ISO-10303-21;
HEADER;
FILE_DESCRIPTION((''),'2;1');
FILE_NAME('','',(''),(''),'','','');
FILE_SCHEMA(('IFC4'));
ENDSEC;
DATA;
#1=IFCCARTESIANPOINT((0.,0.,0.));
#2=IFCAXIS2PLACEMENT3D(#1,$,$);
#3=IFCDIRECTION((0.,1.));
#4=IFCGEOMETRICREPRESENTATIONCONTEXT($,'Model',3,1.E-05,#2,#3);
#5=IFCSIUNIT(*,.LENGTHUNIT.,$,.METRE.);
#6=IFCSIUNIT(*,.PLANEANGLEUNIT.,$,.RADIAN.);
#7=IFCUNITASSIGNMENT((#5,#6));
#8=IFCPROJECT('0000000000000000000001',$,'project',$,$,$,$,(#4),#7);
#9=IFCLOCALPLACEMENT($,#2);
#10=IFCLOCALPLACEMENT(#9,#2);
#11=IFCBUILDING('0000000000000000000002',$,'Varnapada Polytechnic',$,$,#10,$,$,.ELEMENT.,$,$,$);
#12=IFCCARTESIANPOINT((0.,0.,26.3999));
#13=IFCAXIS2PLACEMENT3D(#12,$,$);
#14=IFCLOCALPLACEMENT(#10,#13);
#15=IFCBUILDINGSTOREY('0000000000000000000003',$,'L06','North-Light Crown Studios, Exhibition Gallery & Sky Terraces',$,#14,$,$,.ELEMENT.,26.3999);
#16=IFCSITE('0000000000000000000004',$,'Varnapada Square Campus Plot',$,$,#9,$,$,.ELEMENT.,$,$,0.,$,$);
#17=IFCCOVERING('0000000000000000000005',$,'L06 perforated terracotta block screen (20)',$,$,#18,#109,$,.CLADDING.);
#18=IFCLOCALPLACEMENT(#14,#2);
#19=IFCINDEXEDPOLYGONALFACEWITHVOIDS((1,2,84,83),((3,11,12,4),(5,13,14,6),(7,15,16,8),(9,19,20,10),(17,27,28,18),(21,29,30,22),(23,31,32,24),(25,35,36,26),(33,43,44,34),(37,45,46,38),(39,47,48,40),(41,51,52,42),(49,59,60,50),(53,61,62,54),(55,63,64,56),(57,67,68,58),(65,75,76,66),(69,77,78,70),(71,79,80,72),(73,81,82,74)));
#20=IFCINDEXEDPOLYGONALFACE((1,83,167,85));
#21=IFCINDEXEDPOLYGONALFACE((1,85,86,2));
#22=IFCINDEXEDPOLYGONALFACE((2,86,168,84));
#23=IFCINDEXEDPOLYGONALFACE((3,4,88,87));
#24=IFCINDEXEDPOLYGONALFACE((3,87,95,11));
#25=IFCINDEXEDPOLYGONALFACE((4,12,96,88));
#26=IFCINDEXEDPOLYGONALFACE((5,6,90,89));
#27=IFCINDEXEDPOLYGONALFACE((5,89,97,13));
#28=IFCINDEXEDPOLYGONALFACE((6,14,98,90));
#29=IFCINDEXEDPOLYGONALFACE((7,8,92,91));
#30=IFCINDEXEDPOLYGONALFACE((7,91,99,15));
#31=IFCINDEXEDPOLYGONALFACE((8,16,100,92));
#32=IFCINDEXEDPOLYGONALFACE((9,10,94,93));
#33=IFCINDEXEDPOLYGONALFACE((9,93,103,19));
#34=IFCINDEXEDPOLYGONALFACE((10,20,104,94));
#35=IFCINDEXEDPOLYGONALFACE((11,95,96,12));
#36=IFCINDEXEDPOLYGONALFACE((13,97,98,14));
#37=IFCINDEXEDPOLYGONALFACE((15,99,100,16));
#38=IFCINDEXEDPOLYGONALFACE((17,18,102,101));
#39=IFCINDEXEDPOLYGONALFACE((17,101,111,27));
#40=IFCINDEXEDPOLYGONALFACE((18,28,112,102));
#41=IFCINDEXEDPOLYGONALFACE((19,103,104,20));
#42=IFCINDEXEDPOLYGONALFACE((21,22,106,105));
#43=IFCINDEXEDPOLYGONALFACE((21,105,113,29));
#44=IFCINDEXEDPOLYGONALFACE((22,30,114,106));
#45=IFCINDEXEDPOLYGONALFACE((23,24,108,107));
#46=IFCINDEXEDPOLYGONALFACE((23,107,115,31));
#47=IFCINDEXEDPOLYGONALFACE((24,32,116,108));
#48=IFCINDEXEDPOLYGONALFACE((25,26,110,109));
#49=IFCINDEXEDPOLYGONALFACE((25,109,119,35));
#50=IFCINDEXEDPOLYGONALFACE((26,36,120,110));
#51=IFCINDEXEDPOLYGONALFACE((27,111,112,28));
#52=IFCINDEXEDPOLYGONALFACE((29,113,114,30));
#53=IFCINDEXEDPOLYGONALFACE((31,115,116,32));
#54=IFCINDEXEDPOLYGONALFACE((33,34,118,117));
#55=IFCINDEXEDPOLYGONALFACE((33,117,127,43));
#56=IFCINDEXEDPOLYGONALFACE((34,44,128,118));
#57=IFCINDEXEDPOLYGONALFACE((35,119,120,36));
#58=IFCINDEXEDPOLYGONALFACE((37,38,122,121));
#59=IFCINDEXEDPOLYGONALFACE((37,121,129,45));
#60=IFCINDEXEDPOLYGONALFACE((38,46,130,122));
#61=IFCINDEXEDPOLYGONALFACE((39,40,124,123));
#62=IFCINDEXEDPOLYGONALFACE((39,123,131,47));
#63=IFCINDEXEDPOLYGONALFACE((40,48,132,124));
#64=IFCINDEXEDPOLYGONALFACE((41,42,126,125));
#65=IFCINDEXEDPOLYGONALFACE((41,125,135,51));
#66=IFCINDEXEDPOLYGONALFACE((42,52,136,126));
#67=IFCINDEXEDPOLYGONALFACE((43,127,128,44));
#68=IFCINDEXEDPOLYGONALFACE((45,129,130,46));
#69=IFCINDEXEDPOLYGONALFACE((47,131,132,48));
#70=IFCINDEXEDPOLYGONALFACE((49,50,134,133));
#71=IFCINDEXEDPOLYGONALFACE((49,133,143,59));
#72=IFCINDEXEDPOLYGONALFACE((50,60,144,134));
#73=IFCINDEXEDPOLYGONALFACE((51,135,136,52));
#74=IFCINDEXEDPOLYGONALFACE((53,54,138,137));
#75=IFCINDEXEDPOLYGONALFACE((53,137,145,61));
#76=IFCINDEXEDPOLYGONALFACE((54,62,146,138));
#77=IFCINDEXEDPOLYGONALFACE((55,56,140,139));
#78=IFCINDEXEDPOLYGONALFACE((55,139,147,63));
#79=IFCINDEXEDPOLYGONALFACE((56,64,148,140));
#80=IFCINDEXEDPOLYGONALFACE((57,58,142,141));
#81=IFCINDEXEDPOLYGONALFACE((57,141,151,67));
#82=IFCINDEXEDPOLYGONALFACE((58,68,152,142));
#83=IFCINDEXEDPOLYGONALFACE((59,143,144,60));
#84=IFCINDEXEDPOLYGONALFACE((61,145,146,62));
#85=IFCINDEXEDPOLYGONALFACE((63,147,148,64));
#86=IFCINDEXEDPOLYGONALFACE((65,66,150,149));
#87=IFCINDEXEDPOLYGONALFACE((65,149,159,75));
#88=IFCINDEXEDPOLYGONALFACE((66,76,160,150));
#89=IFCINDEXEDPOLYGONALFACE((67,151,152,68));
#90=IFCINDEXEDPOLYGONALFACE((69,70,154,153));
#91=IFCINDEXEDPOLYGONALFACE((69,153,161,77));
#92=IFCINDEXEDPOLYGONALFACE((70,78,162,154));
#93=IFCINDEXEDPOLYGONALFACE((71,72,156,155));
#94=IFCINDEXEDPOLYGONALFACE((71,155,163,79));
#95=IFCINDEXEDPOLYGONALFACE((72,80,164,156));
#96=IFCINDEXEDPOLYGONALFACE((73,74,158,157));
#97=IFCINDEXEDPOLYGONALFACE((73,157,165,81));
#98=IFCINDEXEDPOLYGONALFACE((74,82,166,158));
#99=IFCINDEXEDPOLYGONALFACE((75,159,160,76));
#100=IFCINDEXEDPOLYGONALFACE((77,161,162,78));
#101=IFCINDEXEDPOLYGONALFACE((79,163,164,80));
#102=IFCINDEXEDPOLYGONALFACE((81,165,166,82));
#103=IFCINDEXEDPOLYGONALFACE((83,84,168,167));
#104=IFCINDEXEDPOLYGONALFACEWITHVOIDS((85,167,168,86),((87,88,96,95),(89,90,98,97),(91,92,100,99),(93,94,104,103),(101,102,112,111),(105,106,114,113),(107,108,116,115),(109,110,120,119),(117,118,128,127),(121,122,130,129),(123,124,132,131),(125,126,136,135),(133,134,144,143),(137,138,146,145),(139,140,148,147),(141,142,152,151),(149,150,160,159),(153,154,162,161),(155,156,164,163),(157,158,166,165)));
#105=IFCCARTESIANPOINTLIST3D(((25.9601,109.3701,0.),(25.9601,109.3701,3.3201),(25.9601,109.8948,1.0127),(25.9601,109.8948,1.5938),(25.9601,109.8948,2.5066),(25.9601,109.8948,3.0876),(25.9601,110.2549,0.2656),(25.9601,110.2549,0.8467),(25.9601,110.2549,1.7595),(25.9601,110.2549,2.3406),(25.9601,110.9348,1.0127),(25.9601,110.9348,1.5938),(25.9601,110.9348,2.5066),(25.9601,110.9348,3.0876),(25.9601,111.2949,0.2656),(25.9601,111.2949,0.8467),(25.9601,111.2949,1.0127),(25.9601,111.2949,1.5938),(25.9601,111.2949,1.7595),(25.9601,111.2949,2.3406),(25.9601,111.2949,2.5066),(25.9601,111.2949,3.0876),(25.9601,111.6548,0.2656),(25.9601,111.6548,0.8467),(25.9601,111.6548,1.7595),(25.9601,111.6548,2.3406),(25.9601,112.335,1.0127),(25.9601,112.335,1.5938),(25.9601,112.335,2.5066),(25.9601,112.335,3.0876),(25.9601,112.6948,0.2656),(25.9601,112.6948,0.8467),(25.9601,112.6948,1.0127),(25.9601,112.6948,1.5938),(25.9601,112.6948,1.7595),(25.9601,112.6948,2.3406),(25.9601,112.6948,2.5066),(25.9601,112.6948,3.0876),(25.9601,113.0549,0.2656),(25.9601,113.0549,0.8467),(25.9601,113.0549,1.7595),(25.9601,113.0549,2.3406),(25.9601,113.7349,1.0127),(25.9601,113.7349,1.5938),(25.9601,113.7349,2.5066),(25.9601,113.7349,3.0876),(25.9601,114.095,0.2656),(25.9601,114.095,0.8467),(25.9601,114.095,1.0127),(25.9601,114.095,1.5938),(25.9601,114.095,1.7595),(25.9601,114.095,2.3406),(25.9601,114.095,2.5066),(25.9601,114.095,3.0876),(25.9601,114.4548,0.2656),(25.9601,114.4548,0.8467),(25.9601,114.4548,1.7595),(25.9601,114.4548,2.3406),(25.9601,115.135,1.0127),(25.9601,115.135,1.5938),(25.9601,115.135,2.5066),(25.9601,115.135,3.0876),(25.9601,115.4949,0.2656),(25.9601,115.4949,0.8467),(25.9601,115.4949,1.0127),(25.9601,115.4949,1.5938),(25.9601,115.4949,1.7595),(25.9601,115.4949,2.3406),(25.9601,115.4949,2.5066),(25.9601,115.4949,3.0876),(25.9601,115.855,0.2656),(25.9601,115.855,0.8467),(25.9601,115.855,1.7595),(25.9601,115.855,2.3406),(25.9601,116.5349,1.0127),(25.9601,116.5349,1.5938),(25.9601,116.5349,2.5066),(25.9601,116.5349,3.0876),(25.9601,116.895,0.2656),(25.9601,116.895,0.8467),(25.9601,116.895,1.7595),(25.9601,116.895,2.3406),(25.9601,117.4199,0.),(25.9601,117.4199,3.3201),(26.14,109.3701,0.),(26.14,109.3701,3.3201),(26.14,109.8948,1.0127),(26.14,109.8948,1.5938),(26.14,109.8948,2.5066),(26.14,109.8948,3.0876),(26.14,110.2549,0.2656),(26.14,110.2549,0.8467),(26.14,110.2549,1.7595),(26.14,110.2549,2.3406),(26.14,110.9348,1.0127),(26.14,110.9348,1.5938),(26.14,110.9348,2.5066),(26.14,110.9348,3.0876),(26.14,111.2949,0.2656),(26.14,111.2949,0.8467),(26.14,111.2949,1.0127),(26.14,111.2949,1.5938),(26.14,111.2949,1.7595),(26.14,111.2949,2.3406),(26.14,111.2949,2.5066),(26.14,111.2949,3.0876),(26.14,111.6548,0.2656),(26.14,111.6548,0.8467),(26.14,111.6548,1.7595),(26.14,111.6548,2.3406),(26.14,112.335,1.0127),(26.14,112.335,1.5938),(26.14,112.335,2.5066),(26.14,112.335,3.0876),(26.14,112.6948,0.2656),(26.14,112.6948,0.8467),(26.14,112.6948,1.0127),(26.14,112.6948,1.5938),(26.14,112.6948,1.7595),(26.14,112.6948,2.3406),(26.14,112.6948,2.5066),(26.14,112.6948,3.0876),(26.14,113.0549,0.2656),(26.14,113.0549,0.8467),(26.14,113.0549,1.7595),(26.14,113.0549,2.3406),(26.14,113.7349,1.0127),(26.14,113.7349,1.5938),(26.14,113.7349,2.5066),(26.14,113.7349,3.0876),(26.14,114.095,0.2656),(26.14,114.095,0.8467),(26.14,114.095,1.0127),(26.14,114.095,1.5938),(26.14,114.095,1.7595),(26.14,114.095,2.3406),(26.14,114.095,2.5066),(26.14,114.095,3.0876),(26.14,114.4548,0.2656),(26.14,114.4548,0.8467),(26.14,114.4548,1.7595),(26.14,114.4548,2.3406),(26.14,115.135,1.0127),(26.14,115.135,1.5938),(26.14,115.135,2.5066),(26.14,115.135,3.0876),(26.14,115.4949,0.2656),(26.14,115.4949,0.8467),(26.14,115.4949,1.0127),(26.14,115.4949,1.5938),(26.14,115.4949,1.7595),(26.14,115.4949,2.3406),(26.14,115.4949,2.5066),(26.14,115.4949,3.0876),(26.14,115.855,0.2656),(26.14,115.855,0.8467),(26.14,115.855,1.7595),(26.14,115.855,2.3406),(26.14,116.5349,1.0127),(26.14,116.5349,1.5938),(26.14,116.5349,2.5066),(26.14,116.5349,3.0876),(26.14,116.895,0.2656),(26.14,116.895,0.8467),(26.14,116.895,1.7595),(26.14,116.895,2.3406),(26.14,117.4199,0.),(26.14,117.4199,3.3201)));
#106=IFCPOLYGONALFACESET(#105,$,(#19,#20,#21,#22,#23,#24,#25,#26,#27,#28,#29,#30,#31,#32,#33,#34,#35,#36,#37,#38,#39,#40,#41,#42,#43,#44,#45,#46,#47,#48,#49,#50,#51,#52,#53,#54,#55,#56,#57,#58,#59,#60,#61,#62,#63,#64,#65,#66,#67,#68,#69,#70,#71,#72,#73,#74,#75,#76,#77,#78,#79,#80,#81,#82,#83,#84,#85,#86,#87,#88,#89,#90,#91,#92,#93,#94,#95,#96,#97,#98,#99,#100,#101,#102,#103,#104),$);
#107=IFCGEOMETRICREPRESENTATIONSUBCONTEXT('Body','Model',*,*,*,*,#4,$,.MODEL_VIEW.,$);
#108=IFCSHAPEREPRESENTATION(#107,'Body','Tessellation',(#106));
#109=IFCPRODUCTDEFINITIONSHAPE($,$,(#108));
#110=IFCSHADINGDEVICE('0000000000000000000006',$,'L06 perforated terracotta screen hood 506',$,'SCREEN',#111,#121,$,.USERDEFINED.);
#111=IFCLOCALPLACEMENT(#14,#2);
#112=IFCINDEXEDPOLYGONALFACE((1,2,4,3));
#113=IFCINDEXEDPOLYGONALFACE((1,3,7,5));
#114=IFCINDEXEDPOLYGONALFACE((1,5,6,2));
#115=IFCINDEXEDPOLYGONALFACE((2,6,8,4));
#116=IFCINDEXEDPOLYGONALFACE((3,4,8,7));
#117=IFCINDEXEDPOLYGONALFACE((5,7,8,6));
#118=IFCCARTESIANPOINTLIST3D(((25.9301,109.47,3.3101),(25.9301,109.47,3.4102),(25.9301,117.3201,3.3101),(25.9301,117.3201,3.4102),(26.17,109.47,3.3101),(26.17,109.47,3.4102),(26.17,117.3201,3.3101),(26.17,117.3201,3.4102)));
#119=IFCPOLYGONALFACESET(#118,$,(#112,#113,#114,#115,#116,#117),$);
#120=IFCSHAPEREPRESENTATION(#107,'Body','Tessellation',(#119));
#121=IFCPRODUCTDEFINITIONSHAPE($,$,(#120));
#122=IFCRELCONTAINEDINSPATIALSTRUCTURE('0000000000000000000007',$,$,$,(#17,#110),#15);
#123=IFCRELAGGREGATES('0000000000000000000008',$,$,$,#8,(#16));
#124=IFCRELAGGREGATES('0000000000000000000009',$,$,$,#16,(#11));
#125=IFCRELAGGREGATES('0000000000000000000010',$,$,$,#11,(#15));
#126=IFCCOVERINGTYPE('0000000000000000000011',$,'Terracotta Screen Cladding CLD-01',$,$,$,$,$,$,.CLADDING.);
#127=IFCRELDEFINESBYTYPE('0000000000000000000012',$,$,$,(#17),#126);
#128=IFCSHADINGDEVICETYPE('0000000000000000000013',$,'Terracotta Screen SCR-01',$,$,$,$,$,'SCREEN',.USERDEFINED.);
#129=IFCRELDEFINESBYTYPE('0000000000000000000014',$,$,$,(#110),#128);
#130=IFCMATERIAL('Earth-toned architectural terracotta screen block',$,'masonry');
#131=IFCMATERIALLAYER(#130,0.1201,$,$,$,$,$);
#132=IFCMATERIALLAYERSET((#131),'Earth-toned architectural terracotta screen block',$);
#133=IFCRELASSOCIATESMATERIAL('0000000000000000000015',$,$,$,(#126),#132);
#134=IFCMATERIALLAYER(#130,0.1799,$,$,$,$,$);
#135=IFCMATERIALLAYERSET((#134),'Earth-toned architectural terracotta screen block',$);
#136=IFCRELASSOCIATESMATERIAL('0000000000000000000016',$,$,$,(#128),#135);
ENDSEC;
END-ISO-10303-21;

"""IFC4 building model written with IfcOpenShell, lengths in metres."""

from ifc_helpers import new_model, si_unit, direction, frame, frame_2d, origin, origin_2d, place, context, subcontext, project, spatial, rectangle, extrude, material, layer, layer_set, type_object, element, save


model = new_model("IFC4")

# Units and contexts
model_context = context("Model", 3, precision=1e-05, world=origin(), true_north=direction((0.0, 1.0)))
body_context = subcontext(model_context, "Body", "Model", "MODEL_VIEW")
ifc_project = project(units=[si_unit("LENGTHUNIT", "METRE"), si_unit("PLANEANGLEUNIT", "RADIAN")], contexts=[model_context])

# Site, building, storey
site_placement = place(None, origin())
site = spatial("IfcSite", under=ifc_project, at=site_placement, Name="Varnapada Square Campus Plot", CompositionType="ELEMENT", RefElevation=0.0)
building_placement = place(site_placement, origin())
building = spatial("IfcBuilding", under=site, at=building_placement, Name="Varnapada Polytechnic", CompositionType="ELEMENT")
storey_placement = place(building_placement, frame((0.0, 0.0, 26.3999)))
storey = spatial("IfcBuildingStorey", under=building, at=storey_placement, Name="L06", Description="North-Light Crown Studios, Exhibition Gallery & Sky Terraces", CompositionType="ELEMENT", Elevation=26.3999)

# Covering, openings
ifc_material_1 = material(Name="Earth-toned architectural terracotta screen block", Category="masonry")
ifc_layer_1 = layer(ifc_material_1, 0.1201)
ifc_layer_set_1 = layer_set([ifc_layer_1], Name="Earth-toned architectural terracotta screen block")
covering_type_1 = type_object("IfcCoveringType", Name="Terracotta Screen Cladding CLD-01", PredefinedType="CLADDING", material=ifc_layer_set_1)
covering_1_placement = place(storey_placement, frame((26.05, 117.4199, 0.0), z_axis=(0.0, 0.0, 1.0), x_axis=(0.0, -1.0, 0.0)))
covering_1 = element("IfcCovering", 1, at=covering_1_placement, inside=storey, type_object=covering_type_1, Name="L06 perforated terracotta block screen (20)", PredefinedType="CLADDING", context=body_context, shape_type="SweptSolid", body=[
    extrude(rectangle(XDim=8.0498, YDim=0.1799, at=frame_2d((4.0249, 0.0))), origin(), (0.0, 0.0, 1.0), 3.3201),
])
opening_1_placement = place(covering_1_placement, frame((0.5249, 0.0, 0.2656)))
element("IfcOpeningElement", 2, at=opening_1_placement, cuts=covering_1, PredefinedType="OPENING", context=body_context, shape_type="SweptSolid", body=[
    extrude(rectangle(XDim=1.04, YDim=0.5811, at=frame_2d((0.52, 0.2905))), frame((0.0, 0.0999, 0.0), z_axis=(0.0, -1.0, 0.0), x_axis=(1.0, 0.0, 0.0)), (0.0, 0.0, 1.0), 0.2),
])
opening_2_placement = place(covering_1_placement, frame((1.925, 0.0, 0.2656)))
element("IfcOpeningElement", 3, at=opening_2_placement, cuts=covering_1, PredefinedType="OPENING", context=body_context, shape_type="SweptSolid", body=[
    extrude(rectangle(XDim=1.04, YDim=0.5811, at=frame_2d((0.52, 0.2905))), frame((0.0, 0.0999, 0.0), z_axis=(0.0, -1.0, 0.0), x_axis=(1.0, 0.0, 0.0)), (0.0, 0.0, 1.0), 0.2),
])
opening_3_placement = place(covering_1_placement, frame((3.325, 0.0, 0.2656)))
element("IfcOpeningElement", 4, at=opening_3_placement, cuts=covering_1, PredefinedType="OPENING", context=body_context, shape_type="SweptSolid", body=[
    extrude(rectangle(XDim=1.04, YDim=0.5811, at=frame_2d((0.52, 0.2905))), frame((0.0, 0.0999, 0.0), z_axis=(0.0, -1.0, 0.0), x_axis=(1.0, 0.0, 0.0)), (0.0, 0.0, 1.0), 0.2),
])
opening_4_placement = place(covering_1_placement, frame((4.7251, 0.0, 0.2656)))
element("IfcOpeningElement", 5, at=opening_4_placement, cuts=covering_1, PredefinedType="OPENING", context=body_context, shape_type="SweptSolid", body=[
    extrude(rectangle(XDim=1.04, YDim=0.5811, at=frame_2d((0.52, 0.2905))), frame((0.0, 0.0999, 0.0), z_axis=(0.0, -1.0, 0.0), x_axis=(1.0, 0.0, 0.0)), (0.0, 0.0, 1.0), 0.2),
])
opening_5_placement = place(covering_1_placement, frame((6.125, 0.0, 0.2656)))
element("IfcOpeningElement", 6, at=opening_5_placement, cuts=covering_1, PredefinedType="OPENING", context=body_context, shape_type="SweptSolid", body=[
    extrude(rectangle(XDim=1.04, YDim=0.5811, at=frame_2d((0.52, 0.2905))), frame((0.0, 0.0999, 0.0), z_axis=(0.0, -1.0, 0.0), x_axis=(1.0, 0.0, 0.0)), (0.0, 0.0, 1.0), 0.2),
])
opening_6_placement = place(covering_1_placement, frame((0.885, 0.0, 1.0127)))
element("IfcOpeningElement", 7, at=opening_6_placement, cuts=covering_1, PredefinedType="OPENING", context=body_context, shape_type="SweptSolid", body=[
    extrude(rectangle(XDim=1.04, YDim=0.5811, at=frame_2d((0.52, 0.2905))), frame((0.0, 0.0999, 0.0), z_axis=(0.0, -1.0, 0.0), x_axis=(1.0, 0.0, 0.0)), (0.0, 0.0, 1.0), 0.2),
])
opening_7_placement = place(covering_1_placement, frame((2.2849, 0.0, 1.0127)))
element("IfcOpeningElement", 8, at=opening_7_placement, cuts=covering_1, PredefinedType="OPENING", context=body_context, shape_type="SweptSolid", body=[
    extrude(rectangle(XDim=1.04, YDim=0.5811, at=frame_2d((0.52, 0.2905))), frame((0.0, 0.0999, 0.0), z_axis=(0.0, -1.0, 0.0), x_axis=(1.0, 0.0, 0.0)), (0.0, 0.0, 1.0), 0.2),
])
opening_8_placement = place(covering_1_placement, frame((3.6851, 0.0, 1.0127)))
element("IfcOpeningElement", 9, at=opening_8_placement, cuts=covering_1, PredefinedType="OPENING", context=body_context, shape_type="SweptSolid", body=[
    extrude(rectangle(XDim=1.04, YDim=0.5811, at=frame_2d((0.52, 0.2905))), frame((0.0, 0.0999, 0.0), z_axis=(0.0, -1.0, 0.0), x_axis=(1.0, 0.0, 0.0)), (0.0, 0.0, 1.0), 0.2),
])
opening_9_placement = place(covering_1_placement, frame((5.085, 0.0, 1.0127)))
element("IfcOpeningElement", 10, at=opening_9_placement, cuts=covering_1, PredefinedType="OPENING", context=body_context, shape_type="SweptSolid", body=[
    extrude(rectangle(XDim=1.04, YDim=0.5811, at=frame_2d((0.52, 0.2905))), frame((0.0, 0.0999, 0.0), z_axis=(0.0, -1.0, 0.0), x_axis=(1.0, 0.0, 0.0)), (0.0, 0.0, 1.0), 0.2),
])
opening_10_placement = place(covering_1_placement, frame((6.4851, 0.0, 1.0127)))
element("IfcOpeningElement", 11, at=opening_10_placement, cuts=covering_1, PredefinedType="OPENING", context=body_context, shape_type="SweptSolid", body=[
    extrude(rectangle(XDim=1.04, YDim=0.5811, at=frame_2d((0.52, 0.2905))), frame((0.0, 0.0999, 0.0), z_axis=(0.0, -1.0, 0.0), x_axis=(1.0, 0.0, 0.0)), (0.0, 0.0, 1.0), 0.2),
])
opening_11_placement = place(covering_1_placement, frame((0.5249, 0.0, 1.7595)))
element("IfcOpeningElement", 12, at=opening_11_placement, cuts=covering_1, PredefinedType="OPENING", context=body_context, shape_type="SweptSolid", body=[
    extrude(rectangle(XDim=1.04, YDim=0.5811, at=frame_2d((0.52, 0.2905))), frame((0.0, 0.0999, 0.0), z_axis=(0.0, -1.0, 0.0), x_axis=(1.0, 0.0, 0.0)), (0.0, 0.0, 1.0), 0.2),
])
opening_12_placement = place(covering_1_placement, frame((1.925, 0.0, 1.7595)))
element("IfcOpeningElement", 13, at=opening_12_placement, cuts=covering_1, PredefinedType="OPENING", context=body_context, shape_type="SweptSolid", body=[
    extrude(rectangle(XDim=1.04, YDim=0.5811, at=frame_2d((0.52, 0.2905))), frame((0.0, 0.0999, 0.0), z_axis=(0.0, -1.0, 0.0), x_axis=(1.0, 0.0, 0.0)), (0.0, 0.0, 1.0), 0.2),
])
opening_13_placement = place(covering_1_placement, frame((3.325, 0.0, 1.7595)))
element("IfcOpeningElement", 14, at=opening_13_placement, cuts=covering_1, PredefinedType="OPENING", context=body_context, shape_type="SweptSolid", body=[
    extrude(rectangle(XDim=1.04, YDim=0.5811, at=frame_2d((0.52, 0.2905))), frame((0.0, 0.0999, 0.0), z_axis=(0.0, -1.0, 0.0), x_axis=(1.0, 0.0, 0.0)), (0.0, 0.0, 1.0), 0.2),
])
opening_14_placement = place(covering_1_placement, frame((4.7251, 0.0, 1.7595)))
element("IfcOpeningElement", 15, at=opening_14_placement, cuts=covering_1, PredefinedType="OPENING", context=body_context, shape_type="SweptSolid", body=[
    extrude(rectangle(XDim=1.04, YDim=0.5811, at=frame_2d((0.52, 0.2905))), frame((0.0, 0.0999, 0.0), z_axis=(0.0, -1.0, 0.0), x_axis=(1.0, 0.0, 0.0)), (0.0, 0.0, 1.0), 0.2),
])
opening_15_placement = place(covering_1_placement, frame((6.125, 0.0, 1.7595)))
element("IfcOpeningElement", 16, at=opening_15_placement, cuts=covering_1, PredefinedType="OPENING", context=body_context, shape_type="SweptSolid", body=[
    extrude(rectangle(XDim=1.04, YDim=0.5811, at=frame_2d((0.52, 0.2905))), frame((0.0, 0.0999, 0.0), z_axis=(0.0, -1.0, 0.0), x_axis=(1.0, 0.0, 0.0)), (0.0, 0.0, 1.0), 0.2),
])
opening_16_placement = place(covering_1_placement, frame((0.885, 0.0, 2.5066)))
element("IfcOpeningElement", 17, at=opening_16_placement, cuts=covering_1, PredefinedType="OPENING", context=body_context, shape_type="SweptSolid", body=[
    extrude(rectangle(XDim=1.04, YDim=0.5811, at=frame_2d((0.52, 0.2905))), frame((0.0, 0.0999, 0.0), z_axis=(0.0, -1.0, 0.0), x_axis=(1.0, 0.0, 0.0)), (0.0, 0.0, 1.0), 0.2),
])
opening_17_placement = place(covering_1_placement, frame((2.2849, 0.0, 2.5066)))
element("IfcOpeningElement", 18, at=opening_17_placement, cuts=covering_1, PredefinedType="OPENING", context=body_context, shape_type="SweptSolid", body=[
    extrude(rectangle(XDim=1.04, YDim=0.5811, at=frame_2d((0.52, 0.2905))), frame((0.0, 0.0999, 0.0), z_axis=(0.0, -1.0, 0.0), x_axis=(1.0, 0.0, 0.0)), (0.0, 0.0, 1.0), 0.2),
])
opening_18_placement = place(covering_1_placement, frame((3.6851, 0.0, 2.5066)))
element("IfcOpeningElement", 19, at=opening_18_placement, cuts=covering_1, PredefinedType="OPENING", context=body_context, shape_type="SweptSolid", body=[
    extrude(rectangle(XDim=1.04, YDim=0.5811, at=frame_2d((0.52, 0.2905))), frame((0.0, 0.0999, 0.0), z_axis=(0.0, -1.0, 0.0), x_axis=(1.0, 0.0, 0.0)), (0.0, 0.0, 1.0), 0.2),
])
opening_19_placement = place(covering_1_placement, frame((5.085, 0.0, 2.5066)))
element("IfcOpeningElement", 20, at=opening_19_placement, cuts=covering_1, PredefinedType="OPENING", context=body_context, shape_type="SweptSolid", body=[
    extrude(rectangle(XDim=1.04, YDim=0.5811, at=frame_2d((0.52, 0.2905))), frame((0.0, 0.0999, 0.0), z_axis=(0.0, -1.0, 0.0), x_axis=(1.0, 0.0, 0.0)), (0.0, 0.0, 1.0), 0.2),
])
opening_20_placement = place(covering_1_placement, frame((6.4851, 0.0, 2.5066)))
element("IfcOpeningElement", 21, at=opening_20_placement, cuts=covering_1, PredefinedType="OPENING", context=body_context, shape_type="SweptSolid", body=[
    extrude(rectangle(XDim=1.04, YDim=0.5811, at=frame_2d((0.52, 0.2905))), frame((0.0, 0.0999, 0.0), z_axis=(0.0, -1.0, 0.0), x_axis=(1.0, 0.0, 0.0)), (0.0, 0.0, 1.0), 0.2),
])

# Shading device
ifc_layer_2 = layer(ifc_material_1, 0.1799)
ifc_layer_set_2 = layer_set([ifc_layer_2], Name="Earth-toned architectural terracotta screen block")
shading_device_type_1 = type_object("IfcShadingDeviceType", Name="Terracotta Screen SCR-01", ElementType="SCREEN", PredefinedType="USERDEFINED", material=ifc_layer_set_2)
shading_device_1_placement = place(storey_placement, frame((26.05, 113.395, 3.3101), z_axis=(0.0, 0.0, 1.0), x_axis=(0.0, -1.0, 0.0)))
element("IfcShadingDevice", 22, at=shading_device_1_placement, inside=storey, type_object=shading_device_type_1, Name="L06 perforated terracotta screen hood 506", ObjectType="SCREEN", PredefinedType="USERDEFINED", context=body_context, shape_type="SweptSolid", body=[
    extrude(rectangle(XDim=7.8501, YDim=0.24, at=origin_2d()), origin(), (0.0, 0.0, 1.0), 0.1001),
])

save(model, "model.ifc")
